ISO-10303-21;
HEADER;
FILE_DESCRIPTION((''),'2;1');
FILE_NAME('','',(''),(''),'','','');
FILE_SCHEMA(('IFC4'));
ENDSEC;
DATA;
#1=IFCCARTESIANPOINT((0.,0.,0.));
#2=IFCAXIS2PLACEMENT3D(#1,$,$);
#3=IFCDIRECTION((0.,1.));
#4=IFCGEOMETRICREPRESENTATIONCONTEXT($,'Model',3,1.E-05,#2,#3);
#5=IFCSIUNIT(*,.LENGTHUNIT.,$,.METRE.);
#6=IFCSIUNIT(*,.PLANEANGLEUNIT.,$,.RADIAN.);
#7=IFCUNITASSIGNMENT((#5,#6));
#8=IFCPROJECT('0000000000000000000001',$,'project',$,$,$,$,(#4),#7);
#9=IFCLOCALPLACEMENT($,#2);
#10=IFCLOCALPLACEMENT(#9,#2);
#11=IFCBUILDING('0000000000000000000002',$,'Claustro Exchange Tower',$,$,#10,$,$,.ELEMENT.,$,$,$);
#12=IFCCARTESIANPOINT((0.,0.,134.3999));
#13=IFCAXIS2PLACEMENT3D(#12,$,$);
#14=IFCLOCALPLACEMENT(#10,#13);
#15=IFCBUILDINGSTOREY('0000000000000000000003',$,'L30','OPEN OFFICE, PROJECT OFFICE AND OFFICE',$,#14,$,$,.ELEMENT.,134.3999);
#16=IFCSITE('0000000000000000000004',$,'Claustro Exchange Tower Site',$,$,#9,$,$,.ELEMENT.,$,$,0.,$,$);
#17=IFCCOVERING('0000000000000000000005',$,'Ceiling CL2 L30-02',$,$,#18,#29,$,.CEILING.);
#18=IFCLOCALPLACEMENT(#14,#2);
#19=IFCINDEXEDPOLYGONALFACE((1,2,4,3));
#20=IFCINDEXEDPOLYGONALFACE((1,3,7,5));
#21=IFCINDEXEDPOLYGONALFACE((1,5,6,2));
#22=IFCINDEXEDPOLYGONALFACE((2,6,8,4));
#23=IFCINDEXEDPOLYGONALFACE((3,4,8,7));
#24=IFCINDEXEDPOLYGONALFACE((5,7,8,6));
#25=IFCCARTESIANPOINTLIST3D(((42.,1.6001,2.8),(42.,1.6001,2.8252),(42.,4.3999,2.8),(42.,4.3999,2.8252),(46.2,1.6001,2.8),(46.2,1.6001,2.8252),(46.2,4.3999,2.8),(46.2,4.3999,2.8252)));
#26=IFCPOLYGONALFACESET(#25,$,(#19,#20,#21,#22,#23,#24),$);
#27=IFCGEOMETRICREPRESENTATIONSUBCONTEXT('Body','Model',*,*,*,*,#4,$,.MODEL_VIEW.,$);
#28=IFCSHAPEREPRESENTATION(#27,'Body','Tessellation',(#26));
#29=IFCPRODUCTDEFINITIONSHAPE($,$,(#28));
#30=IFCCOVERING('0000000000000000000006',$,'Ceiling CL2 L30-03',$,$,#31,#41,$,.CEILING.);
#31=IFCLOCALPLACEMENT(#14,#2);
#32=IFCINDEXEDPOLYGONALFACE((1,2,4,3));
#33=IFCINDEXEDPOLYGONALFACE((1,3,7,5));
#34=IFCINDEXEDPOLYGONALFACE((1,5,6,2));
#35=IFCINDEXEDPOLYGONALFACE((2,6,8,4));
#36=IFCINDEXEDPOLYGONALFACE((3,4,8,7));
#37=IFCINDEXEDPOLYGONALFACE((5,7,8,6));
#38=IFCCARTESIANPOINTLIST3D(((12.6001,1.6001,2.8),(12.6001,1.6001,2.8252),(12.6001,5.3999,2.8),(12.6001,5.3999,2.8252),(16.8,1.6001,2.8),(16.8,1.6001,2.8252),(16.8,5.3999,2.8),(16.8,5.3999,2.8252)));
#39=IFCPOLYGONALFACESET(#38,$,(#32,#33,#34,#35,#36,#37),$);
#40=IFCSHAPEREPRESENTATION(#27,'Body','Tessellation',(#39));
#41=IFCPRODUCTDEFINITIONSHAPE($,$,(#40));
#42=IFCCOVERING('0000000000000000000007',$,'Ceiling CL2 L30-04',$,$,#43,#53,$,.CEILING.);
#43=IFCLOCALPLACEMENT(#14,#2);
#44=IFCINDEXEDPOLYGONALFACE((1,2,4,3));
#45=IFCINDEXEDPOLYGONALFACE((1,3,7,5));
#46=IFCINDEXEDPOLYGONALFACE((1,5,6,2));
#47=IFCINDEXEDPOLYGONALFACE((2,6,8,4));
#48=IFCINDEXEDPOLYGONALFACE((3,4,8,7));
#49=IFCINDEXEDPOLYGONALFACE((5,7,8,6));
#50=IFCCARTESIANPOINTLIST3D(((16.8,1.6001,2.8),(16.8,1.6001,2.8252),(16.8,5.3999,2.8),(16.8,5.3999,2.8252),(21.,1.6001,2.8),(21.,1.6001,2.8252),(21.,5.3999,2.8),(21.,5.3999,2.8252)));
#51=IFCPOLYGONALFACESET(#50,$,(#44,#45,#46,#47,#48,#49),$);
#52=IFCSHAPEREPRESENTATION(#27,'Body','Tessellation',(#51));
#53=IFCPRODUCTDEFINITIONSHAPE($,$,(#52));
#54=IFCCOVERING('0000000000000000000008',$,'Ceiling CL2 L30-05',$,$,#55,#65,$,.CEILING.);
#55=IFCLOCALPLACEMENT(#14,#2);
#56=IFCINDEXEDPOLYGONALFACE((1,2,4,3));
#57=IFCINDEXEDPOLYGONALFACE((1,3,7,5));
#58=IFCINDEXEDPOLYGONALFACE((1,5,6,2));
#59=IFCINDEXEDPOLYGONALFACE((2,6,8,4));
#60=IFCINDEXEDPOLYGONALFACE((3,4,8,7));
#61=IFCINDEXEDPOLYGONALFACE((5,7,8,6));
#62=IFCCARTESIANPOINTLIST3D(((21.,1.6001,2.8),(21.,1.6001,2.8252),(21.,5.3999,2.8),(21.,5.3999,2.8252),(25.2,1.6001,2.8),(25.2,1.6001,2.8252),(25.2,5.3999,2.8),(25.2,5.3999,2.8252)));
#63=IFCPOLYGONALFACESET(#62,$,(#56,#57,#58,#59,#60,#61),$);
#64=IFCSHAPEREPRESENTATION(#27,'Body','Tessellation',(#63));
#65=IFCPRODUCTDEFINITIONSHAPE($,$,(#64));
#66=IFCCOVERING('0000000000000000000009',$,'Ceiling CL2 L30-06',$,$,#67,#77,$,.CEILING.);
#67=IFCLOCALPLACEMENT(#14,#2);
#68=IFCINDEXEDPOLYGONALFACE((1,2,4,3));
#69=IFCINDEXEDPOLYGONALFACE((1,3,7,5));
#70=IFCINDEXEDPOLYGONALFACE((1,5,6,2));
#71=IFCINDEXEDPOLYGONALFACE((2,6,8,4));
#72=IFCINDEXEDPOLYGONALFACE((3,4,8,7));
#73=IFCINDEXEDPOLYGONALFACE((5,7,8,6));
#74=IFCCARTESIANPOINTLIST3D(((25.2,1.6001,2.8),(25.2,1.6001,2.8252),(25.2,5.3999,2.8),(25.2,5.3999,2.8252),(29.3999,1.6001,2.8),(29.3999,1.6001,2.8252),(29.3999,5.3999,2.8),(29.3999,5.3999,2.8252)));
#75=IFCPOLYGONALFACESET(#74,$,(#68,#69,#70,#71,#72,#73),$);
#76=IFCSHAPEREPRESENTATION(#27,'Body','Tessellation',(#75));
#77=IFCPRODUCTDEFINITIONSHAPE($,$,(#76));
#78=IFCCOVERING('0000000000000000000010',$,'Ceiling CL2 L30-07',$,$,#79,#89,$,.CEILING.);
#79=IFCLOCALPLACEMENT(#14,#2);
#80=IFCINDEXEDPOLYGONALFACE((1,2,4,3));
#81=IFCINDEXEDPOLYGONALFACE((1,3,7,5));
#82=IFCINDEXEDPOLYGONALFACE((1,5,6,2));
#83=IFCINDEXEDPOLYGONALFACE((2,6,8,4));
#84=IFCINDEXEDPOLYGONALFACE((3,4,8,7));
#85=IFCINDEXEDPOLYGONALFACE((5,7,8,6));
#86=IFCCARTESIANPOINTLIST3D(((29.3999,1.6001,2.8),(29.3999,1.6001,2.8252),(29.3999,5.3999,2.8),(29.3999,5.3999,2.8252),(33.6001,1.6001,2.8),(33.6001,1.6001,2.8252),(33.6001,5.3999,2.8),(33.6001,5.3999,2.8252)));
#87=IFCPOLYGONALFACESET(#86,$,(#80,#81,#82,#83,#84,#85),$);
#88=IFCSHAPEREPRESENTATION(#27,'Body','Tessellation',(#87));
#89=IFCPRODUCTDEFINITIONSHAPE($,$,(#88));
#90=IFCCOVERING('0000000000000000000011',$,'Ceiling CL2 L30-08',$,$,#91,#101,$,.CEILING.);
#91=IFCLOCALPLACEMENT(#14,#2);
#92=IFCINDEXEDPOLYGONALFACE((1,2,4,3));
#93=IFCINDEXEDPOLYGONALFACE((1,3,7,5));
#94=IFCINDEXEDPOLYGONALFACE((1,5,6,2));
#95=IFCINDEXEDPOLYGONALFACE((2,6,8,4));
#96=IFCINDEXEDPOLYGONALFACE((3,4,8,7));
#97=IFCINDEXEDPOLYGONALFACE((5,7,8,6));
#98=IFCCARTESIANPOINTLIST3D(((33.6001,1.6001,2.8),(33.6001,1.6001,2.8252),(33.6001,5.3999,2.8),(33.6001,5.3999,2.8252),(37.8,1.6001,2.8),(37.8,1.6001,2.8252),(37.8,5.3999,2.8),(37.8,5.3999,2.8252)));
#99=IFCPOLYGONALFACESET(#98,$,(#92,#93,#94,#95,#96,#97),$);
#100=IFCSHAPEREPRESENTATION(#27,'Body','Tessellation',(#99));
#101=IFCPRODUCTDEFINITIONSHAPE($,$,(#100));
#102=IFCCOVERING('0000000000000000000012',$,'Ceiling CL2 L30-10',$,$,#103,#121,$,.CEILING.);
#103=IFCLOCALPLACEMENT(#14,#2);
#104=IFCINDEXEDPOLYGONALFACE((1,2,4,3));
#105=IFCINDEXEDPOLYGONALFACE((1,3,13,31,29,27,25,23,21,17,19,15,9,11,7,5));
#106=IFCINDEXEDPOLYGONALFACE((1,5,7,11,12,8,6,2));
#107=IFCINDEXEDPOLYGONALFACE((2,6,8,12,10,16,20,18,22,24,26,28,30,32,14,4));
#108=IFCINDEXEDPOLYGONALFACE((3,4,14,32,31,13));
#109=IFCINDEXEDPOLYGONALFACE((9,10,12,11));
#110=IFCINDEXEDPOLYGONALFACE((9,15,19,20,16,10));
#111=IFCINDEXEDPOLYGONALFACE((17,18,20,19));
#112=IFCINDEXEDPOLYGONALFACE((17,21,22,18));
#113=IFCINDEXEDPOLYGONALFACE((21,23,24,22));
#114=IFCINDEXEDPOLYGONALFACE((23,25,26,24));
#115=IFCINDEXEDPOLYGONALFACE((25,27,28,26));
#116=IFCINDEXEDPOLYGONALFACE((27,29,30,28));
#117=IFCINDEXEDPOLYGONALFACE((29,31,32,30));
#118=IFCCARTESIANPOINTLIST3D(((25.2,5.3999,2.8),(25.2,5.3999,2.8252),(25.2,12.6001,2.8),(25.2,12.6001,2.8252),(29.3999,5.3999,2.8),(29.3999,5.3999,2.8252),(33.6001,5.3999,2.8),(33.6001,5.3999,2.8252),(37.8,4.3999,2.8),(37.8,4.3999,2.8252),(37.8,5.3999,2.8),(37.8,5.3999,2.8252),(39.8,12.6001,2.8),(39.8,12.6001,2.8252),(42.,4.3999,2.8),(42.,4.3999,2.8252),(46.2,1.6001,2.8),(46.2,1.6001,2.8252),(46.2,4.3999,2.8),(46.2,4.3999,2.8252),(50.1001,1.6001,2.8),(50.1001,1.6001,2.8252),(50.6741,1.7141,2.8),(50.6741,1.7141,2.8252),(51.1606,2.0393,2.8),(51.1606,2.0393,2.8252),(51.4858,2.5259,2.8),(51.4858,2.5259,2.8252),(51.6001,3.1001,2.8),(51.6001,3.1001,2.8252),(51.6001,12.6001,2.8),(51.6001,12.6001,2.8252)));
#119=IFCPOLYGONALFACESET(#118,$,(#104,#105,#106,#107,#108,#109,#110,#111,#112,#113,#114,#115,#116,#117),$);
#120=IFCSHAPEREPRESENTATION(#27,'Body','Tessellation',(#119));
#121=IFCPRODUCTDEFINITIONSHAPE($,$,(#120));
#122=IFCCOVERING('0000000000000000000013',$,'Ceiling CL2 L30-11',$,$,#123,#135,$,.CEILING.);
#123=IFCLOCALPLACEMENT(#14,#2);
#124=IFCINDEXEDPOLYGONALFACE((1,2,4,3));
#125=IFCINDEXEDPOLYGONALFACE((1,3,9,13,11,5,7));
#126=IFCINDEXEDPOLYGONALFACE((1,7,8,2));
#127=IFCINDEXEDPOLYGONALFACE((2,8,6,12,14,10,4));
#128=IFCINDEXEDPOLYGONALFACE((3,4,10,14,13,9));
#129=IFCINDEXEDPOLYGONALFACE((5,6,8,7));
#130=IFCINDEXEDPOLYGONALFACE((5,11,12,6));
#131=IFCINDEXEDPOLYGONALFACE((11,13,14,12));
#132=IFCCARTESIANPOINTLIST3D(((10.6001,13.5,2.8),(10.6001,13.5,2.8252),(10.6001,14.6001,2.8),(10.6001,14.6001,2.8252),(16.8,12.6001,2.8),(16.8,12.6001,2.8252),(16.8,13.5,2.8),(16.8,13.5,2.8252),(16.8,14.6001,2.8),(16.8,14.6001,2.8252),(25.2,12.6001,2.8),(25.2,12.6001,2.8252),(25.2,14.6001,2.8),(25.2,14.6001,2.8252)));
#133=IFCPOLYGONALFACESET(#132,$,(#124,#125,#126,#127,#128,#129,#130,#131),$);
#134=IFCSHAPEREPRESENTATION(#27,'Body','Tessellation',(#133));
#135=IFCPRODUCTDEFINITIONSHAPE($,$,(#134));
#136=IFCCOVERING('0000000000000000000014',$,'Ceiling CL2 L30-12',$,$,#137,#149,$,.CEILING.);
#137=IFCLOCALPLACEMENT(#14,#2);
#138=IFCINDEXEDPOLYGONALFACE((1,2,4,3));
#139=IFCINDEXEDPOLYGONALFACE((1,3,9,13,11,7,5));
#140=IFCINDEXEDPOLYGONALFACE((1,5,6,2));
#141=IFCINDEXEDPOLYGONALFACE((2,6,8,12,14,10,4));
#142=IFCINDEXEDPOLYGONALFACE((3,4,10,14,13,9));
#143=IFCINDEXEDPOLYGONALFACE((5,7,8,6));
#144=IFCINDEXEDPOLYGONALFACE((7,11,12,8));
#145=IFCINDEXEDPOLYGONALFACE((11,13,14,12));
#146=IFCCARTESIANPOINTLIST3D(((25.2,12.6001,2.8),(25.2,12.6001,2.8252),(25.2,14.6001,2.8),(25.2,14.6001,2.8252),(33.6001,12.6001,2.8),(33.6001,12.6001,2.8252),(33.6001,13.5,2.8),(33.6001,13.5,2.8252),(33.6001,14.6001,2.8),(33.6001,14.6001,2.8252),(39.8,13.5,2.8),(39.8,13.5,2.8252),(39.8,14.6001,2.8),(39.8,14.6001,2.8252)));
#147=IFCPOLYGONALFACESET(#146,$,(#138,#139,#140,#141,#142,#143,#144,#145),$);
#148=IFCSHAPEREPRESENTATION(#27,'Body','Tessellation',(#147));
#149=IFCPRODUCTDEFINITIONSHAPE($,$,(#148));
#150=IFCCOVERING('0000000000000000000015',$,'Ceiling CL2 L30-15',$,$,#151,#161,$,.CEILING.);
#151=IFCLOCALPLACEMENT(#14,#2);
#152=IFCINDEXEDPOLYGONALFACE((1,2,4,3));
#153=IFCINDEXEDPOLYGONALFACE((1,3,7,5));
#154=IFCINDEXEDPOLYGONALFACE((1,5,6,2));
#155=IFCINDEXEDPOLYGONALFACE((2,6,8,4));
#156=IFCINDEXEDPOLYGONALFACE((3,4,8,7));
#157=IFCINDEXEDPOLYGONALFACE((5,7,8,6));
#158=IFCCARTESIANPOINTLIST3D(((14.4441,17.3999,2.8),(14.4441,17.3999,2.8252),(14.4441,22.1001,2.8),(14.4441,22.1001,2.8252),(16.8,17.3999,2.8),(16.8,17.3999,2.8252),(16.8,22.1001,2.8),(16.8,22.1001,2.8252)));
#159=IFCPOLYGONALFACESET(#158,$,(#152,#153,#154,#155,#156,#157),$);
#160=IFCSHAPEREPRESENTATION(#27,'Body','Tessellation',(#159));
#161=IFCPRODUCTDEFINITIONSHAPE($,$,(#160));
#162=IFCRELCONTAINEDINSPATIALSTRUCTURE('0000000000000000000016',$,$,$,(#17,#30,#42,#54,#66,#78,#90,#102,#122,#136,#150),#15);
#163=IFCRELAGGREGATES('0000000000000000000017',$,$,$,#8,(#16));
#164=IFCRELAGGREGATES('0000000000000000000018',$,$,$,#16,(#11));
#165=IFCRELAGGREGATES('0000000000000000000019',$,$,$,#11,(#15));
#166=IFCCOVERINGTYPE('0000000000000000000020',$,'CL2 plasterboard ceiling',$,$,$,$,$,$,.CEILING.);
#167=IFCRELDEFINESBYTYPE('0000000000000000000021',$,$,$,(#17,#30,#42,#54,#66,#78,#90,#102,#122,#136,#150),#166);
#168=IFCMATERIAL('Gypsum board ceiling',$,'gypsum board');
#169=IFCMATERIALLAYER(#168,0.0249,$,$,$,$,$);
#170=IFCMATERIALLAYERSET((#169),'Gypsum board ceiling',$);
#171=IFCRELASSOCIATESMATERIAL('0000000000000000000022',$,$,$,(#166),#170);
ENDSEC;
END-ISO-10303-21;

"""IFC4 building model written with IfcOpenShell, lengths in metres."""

from ifc_helpers import new_model, si_unit, direction, frame, origin, place, context, subcontext, project, spatial, polyline, outline, extrude, material, layer, layer_set, type_object, element, save


model = new_model("IFC4")

# Units and contexts
model_context = context("Model", 3, precision=1e-05, world=origin(), true_north=direction((0.0, 1.0)))
body_context = subcontext(model_context, "Body", "Model", "MODEL_VIEW")
ifc_project = project(units=[si_unit("LENGTHUNIT", "METRE"), si_unit("PLANEANGLEUNIT", "RADIAN")], contexts=[model_context])

# Site, building, storey
site_placement = place(None, origin())
site = spatial("IfcSite", under=ifc_project, at=site_placement, Name="Claustro Exchange Tower Site", CompositionType="ELEMENT", RefElevation=0.0)
building_placement = place(site_placement, origin())
building = spatial("IfcBuilding", under=site, at=building_placement, Name="Claustro Exchange Tower", CompositionType="ELEMENT")
storey_placement = place(building_placement, frame((0.0, 0.0, 134.3999)))
storey = spatial("IfcBuildingStorey", under=building, at=storey_placement, Name="L30", Description="OPEN OFFICE, PROJECT OFFICE AND OFFICE", CompositionType="ELEMENT", Elevation=134.3999)

# Coverings
ifc_material_1 = material(Name="Gypsum board ceiling", Category="gypsum board")
ifc_layer_1 = layer(ifc_material_1, 0.0249)
ifc_layer_set_1 = layer_set([ifc_layer_1], Name="Gypsum board ceiling")
covering_type_1 = type_object("IfcCoveringType", Name="CL2 plasterboard ceiling", PredefinedType="CEILING", material=ifc_layer_set_1)
covering_1_placement = place(storey_placement, frame((0.0, 0.0, 2.8)))
element("IfcCovering", 1, at=covering_1_placement, inside=storey, type_object=covering_type_1, Name="Ceiling CL2 L30-02", PredefinedType="CEILING", context=body_context, shape_type="SweptSolid", body=[
    extrude(outline(polyline([(42.0, 1.6001), (46.2, 1.6001), (46.2, 4.3999), (42.0, 4.3999), (42.0, 1.6001)])), origin(), (0.0, 0.0, 1.0), 0.0251),
])
covering_2_placement = place(storey_placement, frame((0.0, 0.0, 2.8)))
element("IfcCovering", 2, at=covering_2_placement, inside=storey, type_object=covering_type_1, Name="Ceiling CL2 L30-03", PredefinedType="CEILING", context=body_context, shape_type="SweptSolid", body=[
    extrude(outline(polyline([(12.6001, 1.6001), (16.8, 1.6001), (16.8, 5.3999), (12.6001, 5.3999), (12.6001, 1.6001)])), origin(), (0.0, 0.0, 1.0), 0.0251),
])
covering_3_placement = place(storey_placement, frame((0.0, 0.0, 2.8)))
element("IfcCovering", 3, at=covering_3_placement, inside=storey, type_object=covering_type_1, Name="Ceiling CL2 L30-04", PredefinedType="CEILING", context=body_context, shape_type="SweptSolid", body=[
    extrude(outline(polyline([(16.8, 1.6001), (21.0, 1.6001), (21.0, 5.3999), (16.8, 5.3999), (16.8, 1.6001)])), origin(), (0.0, 0.0, 1.0), 0.0251),
])
covering_4_placement = place(storey_placement, frame((0.0, 0.0, 2.8)))
element("IfcCovering", 4, at=covering_4_placement, inside=storey, type_object=covering_type_1, Name="Ceiling CL2 L30-05", PredefinedType="CEILING", context=body_context, shape_type="SweptSolid", body=[
    extrude(outline(polyline([(21.0, 1.6001), (25.2, 1.6001), (25.2, 5.3999), (21.0, 5.3999), (21.0, 1.6001)])), origin(), (0.0, 0.0, 1.0), 0.0251),
])
covering_5_placement = place(storey_placement, frame((0.0, 0.0, 2.8)))
element("IfcCovering", 5, at=covering_5_placement, inside=storey, type_object=covering_type_1, Name="Ceiling CL2 L30-06", PredefinedType="CEILING", context=body_context, shape_type="SweptSolid", body=[
    extrude(outline(polyline([(25.2, 1.6001), (29.3999, 1.6001), (29.3999, 5.3999), (25.2, 5.3999), (25.2, 1.6001)])), origin(), (0.0, 0.0, 1.0), 0.0251),
])
covering_6_placement = place(storey_placement, frame((0.0, 0.0, 2.8)))
element("IfcCovering", 6, at=covering_6_placement, inside=storey, type_object=covering_type_1, Name="Ceiling CL2 L30-07", PredefinedType="CEILING", context=body_context, shape_type="SweptSolid", body=[
    extrude(outline(polyline([(29.3999, 1.6001), (33.6001, 1.6001), (33.6001, 5.3999), (29.3999, 5.3999), (29.3999, 1.6001)])), origin(), (0.0, 0.0, 1.0), 0.0251),
])
covering_7_placement = place(storey_placement, frame((0.0, 0.0, 2.8)))
element("IfcCovering", 7, at=covering_7_placement, inside=storey, type_object=covering_type_1, Name="Ceiling CL2 L30-08", PredefinedType="CEILING", context=body_context, shape_type="SweptSolid", body=[
    extrude(outline(polyline([(33.6001, 1.6001), (37.8, 1.6001), (37.8, 5.3999), (33.6001, 5.3999), (33.6001, 1.6001)])), origin(), (0.0, 0.0, 1.0), 0.0251),
])
covering_8_placement = place(storey_placement, frame((0.0, 0.0, 2.8)))
element("IfcCovering", 8, at=covering_8_placement, inside=storey, type_object=covering_type_1, Name="Ceiling CL2 L30-10", PredefinedType="CEILING", context=body_context, shape_type="SweptSolid", body=[
    extrude(outline(polyline([(51.6001, 12.6001), (39.8, 12.6001), (25.2, 12.6001), (25.2, 5.3999), (29.3999, 5.3999), (33.6001, 5.3999), (37.8, 5.3999), (37.8, 4.3999), (42.0, 4.3999), (46.2, 4.3999), (46.2, 1.6001), (50.1001, 1.6001), (50.6741, 1.7141), (51.1606, 2.0393), (51.4858, 2.5259), (51.6001, 3.1001), (51.6001, 12.6001)])), origin(), (0.0, 0.0, 1.0), 0.0251),
])
covering_9_placement = place(storey_placement, frame((0.0, 0.0, 2.8)))
element("IfcCovering", 9, at=covering_9_placement, inside=storey, type_object=covering_type_1, Name="Ceiling CL2 L30-11", PredefinedType="CEILING", context=body_context, shape_type="SweptSolid", body=[
    extrude(outline(polyline([(10.6001, 14.6001), (10.6001, 13.5), (16.8, 13.5), (16.8, 12.6001), (25.2, 12.6001), (25.2, 14.6001), (16.8, 14.6001), (16.8, 14.6001), (10.6001, 14.6001)])), origin(), (0.0, 0.0, 1.0), 0.0251),
])
covering_10_placement = place(storey_placement, frame((0.0, 0.0, 2.8)))
element("IfcCovering", 10, at=covering_10_placement, inside=storey, type_object=covering_type_1, Name="Ceiling CL2 L30-12", PredefinedType="CEILING", context=body_context, shape_type="SweptSolid", body=[
    extrude(outline(polyline([(39.8, 13.5), (39.8, 14.6001), (33.6001, 14.6001), (33.6001, 14.6001), (25.2, 14.6001), (25.2, 12.6001), (33.6001, 12.6001), (33.6001, 13.5), (39.8, 13.5)])), origin(), (0.0, 0.0, 1.0), 0.0251),
])
covering_11_placement = place(storey_placement, frame((0.0, 0.0, 2.8)))
element("IfcCovering", 11, at=covering_11_placement, inside=storey, type_object=covering_type_1, Name="Ceiling CL2 L30-15", PredefinedType="CEILING", context=body_context, shape_type="SweptSolid", body=[
    extrude(outline(polyline([(16.8, 17.3999), (16.8, 22.1001), (14.4441, 22.1001), (14.4441, 17.3999), (16.8, 17.3999)])), origin(), (0.0, 0.0, 1.0), 0.0251),
])

save(model, "model.ifc")
